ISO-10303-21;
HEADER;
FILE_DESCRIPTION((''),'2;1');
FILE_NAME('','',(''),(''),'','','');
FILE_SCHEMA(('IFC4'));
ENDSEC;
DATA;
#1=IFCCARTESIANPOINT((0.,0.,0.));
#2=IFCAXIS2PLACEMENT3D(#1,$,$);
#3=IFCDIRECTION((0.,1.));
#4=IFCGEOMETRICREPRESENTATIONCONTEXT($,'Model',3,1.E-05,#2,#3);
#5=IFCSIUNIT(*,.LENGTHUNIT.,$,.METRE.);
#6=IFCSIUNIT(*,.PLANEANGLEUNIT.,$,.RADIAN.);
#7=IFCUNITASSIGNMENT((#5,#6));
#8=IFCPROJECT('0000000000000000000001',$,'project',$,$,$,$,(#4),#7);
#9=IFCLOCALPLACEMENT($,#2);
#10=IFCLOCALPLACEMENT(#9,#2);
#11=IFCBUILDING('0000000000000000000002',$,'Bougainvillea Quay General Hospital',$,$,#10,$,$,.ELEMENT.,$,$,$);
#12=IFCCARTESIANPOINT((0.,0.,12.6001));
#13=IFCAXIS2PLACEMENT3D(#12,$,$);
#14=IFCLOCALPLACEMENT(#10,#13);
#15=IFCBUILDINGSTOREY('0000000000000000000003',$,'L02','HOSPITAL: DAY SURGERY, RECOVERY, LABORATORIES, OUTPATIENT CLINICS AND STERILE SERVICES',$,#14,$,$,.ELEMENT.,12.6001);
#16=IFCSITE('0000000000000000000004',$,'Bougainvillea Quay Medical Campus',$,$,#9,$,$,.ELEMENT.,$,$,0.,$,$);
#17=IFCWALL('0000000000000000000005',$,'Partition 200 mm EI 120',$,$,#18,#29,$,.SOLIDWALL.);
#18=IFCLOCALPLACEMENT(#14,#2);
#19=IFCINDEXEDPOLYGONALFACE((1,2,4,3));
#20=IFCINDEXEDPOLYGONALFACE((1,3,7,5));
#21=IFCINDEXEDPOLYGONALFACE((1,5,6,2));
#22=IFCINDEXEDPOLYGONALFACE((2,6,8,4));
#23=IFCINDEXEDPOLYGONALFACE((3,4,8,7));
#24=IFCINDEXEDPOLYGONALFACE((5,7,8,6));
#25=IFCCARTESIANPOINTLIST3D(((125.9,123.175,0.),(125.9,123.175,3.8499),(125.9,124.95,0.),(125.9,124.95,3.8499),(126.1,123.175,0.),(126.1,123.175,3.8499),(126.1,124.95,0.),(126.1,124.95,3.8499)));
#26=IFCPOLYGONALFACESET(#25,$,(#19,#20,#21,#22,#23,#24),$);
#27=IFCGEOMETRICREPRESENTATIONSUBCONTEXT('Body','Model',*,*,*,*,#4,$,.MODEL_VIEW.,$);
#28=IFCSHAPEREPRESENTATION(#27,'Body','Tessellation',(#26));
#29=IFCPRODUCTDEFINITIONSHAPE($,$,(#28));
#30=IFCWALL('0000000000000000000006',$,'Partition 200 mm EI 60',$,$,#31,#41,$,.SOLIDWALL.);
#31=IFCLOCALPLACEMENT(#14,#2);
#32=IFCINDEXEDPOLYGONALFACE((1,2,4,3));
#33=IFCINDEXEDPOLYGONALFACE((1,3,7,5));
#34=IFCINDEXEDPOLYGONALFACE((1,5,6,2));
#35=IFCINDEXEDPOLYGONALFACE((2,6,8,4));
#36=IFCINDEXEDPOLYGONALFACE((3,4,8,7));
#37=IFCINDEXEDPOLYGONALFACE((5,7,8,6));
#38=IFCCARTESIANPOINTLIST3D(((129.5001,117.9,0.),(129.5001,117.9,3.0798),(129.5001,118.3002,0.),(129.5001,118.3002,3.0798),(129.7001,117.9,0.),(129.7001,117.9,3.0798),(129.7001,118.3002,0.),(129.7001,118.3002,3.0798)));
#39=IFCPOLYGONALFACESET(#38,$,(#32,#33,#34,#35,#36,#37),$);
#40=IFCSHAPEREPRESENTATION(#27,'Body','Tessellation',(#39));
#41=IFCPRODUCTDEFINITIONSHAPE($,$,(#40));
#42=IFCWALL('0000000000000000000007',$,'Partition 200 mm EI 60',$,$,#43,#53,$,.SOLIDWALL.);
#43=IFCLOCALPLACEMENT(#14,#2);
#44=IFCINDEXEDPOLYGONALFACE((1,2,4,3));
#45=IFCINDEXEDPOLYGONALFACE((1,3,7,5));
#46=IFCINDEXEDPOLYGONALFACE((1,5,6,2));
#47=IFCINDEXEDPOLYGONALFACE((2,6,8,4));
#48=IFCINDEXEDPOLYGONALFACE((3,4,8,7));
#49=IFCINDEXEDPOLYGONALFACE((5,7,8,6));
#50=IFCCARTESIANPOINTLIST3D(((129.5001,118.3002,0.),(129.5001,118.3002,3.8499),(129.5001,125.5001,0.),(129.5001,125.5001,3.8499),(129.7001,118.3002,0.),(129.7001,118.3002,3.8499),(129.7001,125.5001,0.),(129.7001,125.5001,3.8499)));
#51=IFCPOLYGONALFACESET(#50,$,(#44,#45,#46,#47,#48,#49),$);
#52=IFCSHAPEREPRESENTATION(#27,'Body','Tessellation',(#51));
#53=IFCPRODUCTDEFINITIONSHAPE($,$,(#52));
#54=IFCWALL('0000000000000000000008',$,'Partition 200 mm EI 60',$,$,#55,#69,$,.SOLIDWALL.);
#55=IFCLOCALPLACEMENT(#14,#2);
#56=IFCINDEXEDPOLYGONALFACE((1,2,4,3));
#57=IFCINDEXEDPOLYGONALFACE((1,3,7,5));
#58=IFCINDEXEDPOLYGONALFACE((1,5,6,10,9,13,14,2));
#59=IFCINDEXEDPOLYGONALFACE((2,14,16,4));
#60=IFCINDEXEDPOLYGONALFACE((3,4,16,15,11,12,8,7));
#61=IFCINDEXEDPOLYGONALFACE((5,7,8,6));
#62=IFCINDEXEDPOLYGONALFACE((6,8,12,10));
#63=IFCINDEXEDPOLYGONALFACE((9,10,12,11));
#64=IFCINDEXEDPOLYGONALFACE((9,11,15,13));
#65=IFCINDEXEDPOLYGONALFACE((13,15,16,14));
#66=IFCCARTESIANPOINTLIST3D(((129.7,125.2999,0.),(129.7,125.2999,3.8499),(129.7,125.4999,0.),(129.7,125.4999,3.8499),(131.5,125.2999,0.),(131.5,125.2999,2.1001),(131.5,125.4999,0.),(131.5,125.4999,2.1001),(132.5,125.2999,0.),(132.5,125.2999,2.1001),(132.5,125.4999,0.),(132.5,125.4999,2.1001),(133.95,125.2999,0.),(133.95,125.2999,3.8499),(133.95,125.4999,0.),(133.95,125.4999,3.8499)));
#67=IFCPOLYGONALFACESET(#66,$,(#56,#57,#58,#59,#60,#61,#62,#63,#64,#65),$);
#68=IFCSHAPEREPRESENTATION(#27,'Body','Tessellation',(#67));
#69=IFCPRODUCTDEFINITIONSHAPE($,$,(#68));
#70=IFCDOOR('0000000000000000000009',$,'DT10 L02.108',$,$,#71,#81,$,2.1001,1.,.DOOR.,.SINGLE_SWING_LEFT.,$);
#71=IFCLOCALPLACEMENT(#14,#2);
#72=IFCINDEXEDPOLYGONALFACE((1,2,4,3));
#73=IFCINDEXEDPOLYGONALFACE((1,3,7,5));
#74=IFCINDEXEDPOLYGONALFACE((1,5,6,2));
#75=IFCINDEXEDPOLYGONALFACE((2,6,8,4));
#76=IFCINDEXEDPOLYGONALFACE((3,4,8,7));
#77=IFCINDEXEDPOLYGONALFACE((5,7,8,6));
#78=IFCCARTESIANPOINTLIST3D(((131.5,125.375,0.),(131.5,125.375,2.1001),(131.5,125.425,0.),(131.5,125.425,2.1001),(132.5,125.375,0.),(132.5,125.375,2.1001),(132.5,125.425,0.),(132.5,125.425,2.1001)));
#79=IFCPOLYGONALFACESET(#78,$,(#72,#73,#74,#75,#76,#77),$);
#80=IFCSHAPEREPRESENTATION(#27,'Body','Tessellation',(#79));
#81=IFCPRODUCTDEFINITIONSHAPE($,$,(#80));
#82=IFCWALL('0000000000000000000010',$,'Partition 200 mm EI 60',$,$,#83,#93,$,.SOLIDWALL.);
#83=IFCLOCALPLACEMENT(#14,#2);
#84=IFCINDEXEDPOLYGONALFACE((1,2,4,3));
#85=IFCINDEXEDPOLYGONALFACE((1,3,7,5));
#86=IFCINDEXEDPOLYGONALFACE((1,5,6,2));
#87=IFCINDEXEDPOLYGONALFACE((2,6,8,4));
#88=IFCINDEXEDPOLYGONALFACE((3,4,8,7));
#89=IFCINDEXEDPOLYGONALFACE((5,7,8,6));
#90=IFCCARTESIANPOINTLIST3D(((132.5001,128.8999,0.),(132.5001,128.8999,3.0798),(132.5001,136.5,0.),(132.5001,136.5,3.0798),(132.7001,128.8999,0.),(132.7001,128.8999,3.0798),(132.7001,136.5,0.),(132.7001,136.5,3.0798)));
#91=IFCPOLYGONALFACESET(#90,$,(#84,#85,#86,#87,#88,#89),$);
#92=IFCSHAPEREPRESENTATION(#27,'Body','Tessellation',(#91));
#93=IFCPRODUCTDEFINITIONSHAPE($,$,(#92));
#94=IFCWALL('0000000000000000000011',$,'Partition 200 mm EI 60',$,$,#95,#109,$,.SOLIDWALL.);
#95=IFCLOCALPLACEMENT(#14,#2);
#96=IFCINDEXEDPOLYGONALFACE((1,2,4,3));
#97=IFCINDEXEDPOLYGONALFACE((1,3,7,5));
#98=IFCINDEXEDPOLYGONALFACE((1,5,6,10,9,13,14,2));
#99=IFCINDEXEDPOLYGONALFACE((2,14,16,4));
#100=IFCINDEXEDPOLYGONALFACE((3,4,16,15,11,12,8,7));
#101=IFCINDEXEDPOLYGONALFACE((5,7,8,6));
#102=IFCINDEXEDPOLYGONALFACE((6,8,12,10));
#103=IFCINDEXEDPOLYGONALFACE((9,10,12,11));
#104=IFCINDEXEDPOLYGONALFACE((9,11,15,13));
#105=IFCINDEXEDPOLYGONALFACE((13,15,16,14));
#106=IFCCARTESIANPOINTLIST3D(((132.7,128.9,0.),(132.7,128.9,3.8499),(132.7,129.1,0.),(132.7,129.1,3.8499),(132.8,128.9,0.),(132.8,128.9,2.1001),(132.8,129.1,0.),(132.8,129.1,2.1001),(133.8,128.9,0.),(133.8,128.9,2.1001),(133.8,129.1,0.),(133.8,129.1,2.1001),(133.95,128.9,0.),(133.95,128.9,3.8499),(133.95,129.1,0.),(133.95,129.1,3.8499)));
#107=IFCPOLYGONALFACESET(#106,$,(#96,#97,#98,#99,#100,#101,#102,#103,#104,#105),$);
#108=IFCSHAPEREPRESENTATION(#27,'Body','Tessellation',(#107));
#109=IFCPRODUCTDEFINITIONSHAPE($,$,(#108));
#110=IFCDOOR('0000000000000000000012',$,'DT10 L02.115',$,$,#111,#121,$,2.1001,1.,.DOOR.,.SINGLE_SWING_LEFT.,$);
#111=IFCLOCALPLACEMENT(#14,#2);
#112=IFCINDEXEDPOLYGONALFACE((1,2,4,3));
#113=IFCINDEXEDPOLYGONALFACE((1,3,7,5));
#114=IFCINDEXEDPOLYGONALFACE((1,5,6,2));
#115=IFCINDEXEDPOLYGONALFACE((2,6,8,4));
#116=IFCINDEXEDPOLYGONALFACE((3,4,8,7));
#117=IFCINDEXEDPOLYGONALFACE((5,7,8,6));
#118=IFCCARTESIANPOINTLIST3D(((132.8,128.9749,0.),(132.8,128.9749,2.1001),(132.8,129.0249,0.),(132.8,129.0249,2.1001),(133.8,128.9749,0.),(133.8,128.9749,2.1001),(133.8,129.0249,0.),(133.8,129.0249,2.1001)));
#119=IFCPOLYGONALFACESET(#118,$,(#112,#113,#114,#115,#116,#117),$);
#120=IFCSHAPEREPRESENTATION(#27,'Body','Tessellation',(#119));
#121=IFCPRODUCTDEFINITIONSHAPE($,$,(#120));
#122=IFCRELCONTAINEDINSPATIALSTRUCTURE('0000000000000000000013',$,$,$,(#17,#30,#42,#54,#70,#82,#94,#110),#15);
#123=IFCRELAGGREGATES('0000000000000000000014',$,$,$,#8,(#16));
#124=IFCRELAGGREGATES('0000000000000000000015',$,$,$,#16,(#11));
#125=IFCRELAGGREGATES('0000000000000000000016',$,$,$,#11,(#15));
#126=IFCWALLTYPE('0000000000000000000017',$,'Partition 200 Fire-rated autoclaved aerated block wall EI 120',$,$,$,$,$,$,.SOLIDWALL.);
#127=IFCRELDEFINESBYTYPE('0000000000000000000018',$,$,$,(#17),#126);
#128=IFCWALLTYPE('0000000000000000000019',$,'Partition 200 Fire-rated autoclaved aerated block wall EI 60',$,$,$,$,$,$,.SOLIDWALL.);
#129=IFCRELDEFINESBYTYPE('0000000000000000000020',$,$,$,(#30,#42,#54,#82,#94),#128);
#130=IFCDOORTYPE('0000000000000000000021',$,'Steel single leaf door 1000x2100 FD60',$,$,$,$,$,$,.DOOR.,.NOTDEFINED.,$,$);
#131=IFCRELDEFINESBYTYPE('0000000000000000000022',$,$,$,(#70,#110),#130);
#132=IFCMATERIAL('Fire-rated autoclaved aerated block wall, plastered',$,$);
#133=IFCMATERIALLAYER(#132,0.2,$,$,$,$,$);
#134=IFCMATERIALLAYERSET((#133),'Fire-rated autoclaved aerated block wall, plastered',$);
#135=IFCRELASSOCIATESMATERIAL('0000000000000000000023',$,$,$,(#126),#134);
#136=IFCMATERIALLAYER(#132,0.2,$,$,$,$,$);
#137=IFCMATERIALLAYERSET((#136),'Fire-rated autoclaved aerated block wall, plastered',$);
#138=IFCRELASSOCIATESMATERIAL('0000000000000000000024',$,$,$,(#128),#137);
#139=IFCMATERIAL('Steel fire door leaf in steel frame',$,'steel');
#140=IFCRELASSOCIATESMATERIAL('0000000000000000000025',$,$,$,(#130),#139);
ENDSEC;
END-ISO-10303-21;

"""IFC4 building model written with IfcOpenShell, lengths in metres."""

from ifc_helpers import new_model, si_unit, direction, frame, frame_2d, origin, place, context, subcontext, project, spatial, rectangle, extrude, material, layer, layer_set, type_object, element, fill, save


model = new_model("IFC4")

# Units and contexts
model_context = context("Model", 3, precision=1e-05, world=origin(), true_north=direction((0.0, 1.0)))
body_context = subcontext(model_context, "Body", "Model", "MODEL_VIEW")
ifc_project = project(units=[si_unit("LENGTHUNIT", "METRE"), si_unit("PLANEANGLEUNIT", "RADIAN")], contexts=[model_context])

# Site, building, storey
site_placement = place(None, origin())
site = spatial("IfcSite", under=ifc_project, at=site_placement, Name="Bougainvillea Quay Medical Campus", CompositionType="ELEMENT", RefElevation=0.0)
building_placement = place(site_placement, origin())
building = spatial("IfcBuilding", under=site, at=building_placement, Name="Bougainvillea Quay General Hospital", CompositionType="ELEMENT")
storey_placement = place(building_placement, frame((0.0, 0.0, 12.6001)))
storey = spatial("IfcBuildingStorey", under=building, at=storey_placement, Name="L02", Description="HOSPITAL: DAY SURGERY, RECOVERY, LABORATORIES, OUTPATIENT CLINICS AND STERILE SERVICES", CompositionType="ELEMENT", Elevation=12.6001)

# Walls
ifc_material_1 = material(Name="Fire-rated autoclaved aerated block wall, plastered")
ifc_layer_1 = layer(ifc_material_1, 0.2)
ifc_layer_set_1 = layer_set([ifc_layer_1], Name="Fire-rated autoclaved aerated block wall, plastered")
wall_type_1 = type_object("IfcWallType", Name="Partition 200 Fire-rated autoclaved aerated block wall EI 120", PredefinedType="SOLIDWALL", material=ifc_layer_set_1)
wall_1_placement = place(storey_placement, frame((126.0, 123.175, 0.0), z_axis=(0.0, 0.0, 1.0), x_axis=(0.0, 1.0, 0.0)))
element("IfcWall", 1, at=wall_1_placement, inside=storey, type_object=wall_type_1, Name="Partition 200 mm EI 120", PredefinedType="SOLIDWALL", context=body_context, shape_type="SweptSolid", body=[
    extrude(rectangle(XDim=1.7749, YDim=0.2, at=frame_2d((0.8875, 0.0))), origin(), (0.0, 0.0, 1.0), 3.8499),
])
ifc_layer_2 = layer(ifc_material_1, 0.2)
ifc_layer_set_2 = layer_set([ifc_layer_2], Name="Fire-rated autoclaved aerated block wall, plastered")
wall_type_2 = type_object("IfcWallType", Name="Partition 200 Fire-rated autoclaved aerated block wall EI 60", PredefinedType="SOLIDWALL", material=ifc_layer_set_2)
wall_2_placement = place(storey_placement, frame((129.6001, 117.8999, 0.0), z_axis=(0.0, 0.0, 1.0), x_axis=(0.0, 1.0, 0.0)))
element("IfcWall", 2, at=wall_2_placement, inside=storey, type_object=wall_type_2, Name="Partition 200 mm EI 60", PredefinedType="SOLIDWALL", context=body_context, shape_type="SweptSolid", body=[
    extrude(rectangle(XDim=0.4001, YDim=0.2, at=frame_2d((0.2002, 0.0))), origin(), (0.0, 0.0, 1.0), 3.0798),
])
wall_3_placement = place(storey_placement, frame((129.6001, 118.3, 0.0), z_axis=(0.0, 0.0, 1.0), x_axis=(0.0, 1.0, 0.0)))
element("IfcWall", 3, at=wall_3_placement, inside=storey, type_object=wall_type_2, Name="Partition 200 mm EI 60", PredefinedType="SOLIDWALL", context=body_context, shape_type="SweptSolid", body=[
    extrude(rectangle(XDim=7.2, YDim=0.2, at=frame_2d((3.6001, 0.0))), origin(), (0.0, 0.0, 1.0), 3.8499),
])

# Wall, opening, door
wall_4_placement = place(storey_placement, frame((129.7, 125.3999, 0.0), z_axis=(0.0, 0.0, 1.0), x_axis=(1.0, 0.0, 0.0)))
wall_4 = element("IfcWall", 4, at=wall_4_placement, inside=storey, type_object=wall_type_2, Name="Partition 200 mm EI 60", PredefinedType="SOLIDWALL", context=body_context, shape_type="SweptSolid", body=[
    extrude(rectangle(XDim=4.25, YDim=0.2, at=frame_2d((2.125, 0.0))), origin(), (0.0, 0.0, 1.0), 3.8499),
])
opening_1_placement = place(wall_4_placement, frame((1.8, 0.0, 0.0)))
opening_1 = element("IfcOpeningElement", 5, at=opening_1_placement, cuts=wall_4, PredefinedType="OPENING", context=body_context, shape_type="SweptSolid", body=[
    extrude(rectangle(XDim=1.0, YDim=2.1001, at=frame_2d((0.5, 1.05))), frame((0.0, 0.1099, 0.0), z_axis=(0.0, -1.0, 0.0), x_axis=(1.0, 0.0, 0.0)), (0.0, 0.0, 1.0), 0.22),
])
ifc_material_2 = material(Name="Steel fire door leaf in steel frame", Category="steel")
door_type_1 = type_object("IfcDoorType", Name="Steel single leaf door 1000x2100 FD60", OperationType="NOTDEFINED", PredefinedType="DOOR", material=ifc_material_2)
door_1_placement = place(opening_1_placement, frame((1.0, 0.0, 0.0), z_axis=(0.0, 0.0, 1.0), x_axis=(-1.0, 0.0, 0.0)))
door_1 = element("IfcDoor", 6, at=door_1_placement, inside=storey, type_object=door_type_1, Name="DT10 L02.108", OperationType="SINGLE_SWING_LEFT", OverallHeight=2.1001, OverallWidth=1.0, PredefinedType="DOOR", context=body_context, shape_type="SweptSolid", body=[
    extrude(rectangle(XDim=1.0, YDim=2.1001, at=frame_2d((0.5, 1.05))), frame((0.0, 0.0249, 0.0), z_axis=(0.0, -1.0, 0.0), x_axis=(1.0, 0.0, 0.0)), (0.0, 0.0, 1.0), 0.05),
])
fill(opening_1, door_1)

# Wall
wall_5_placement = place(storey_placement, frame((132.6001, 128.8999, 0.0), z_axis=(0.0, 0.0, 1.0), x_axis=(0.0, 1.0, 0.0)))
element("IfcWall", 7, at=wall_5_placement, inside=storey, type_object=wall_type_2, Name="Partition 200 mm EI 60", PredefinedType="SOLIDWALL", context=body_context, shape_type="SweptSolid", body=[
    extrude(rectangle(XDim=7.6001, YDim=0.2, at=frame_2d((3.8, 0.0))), origin(), (0.0, 0.0, 1.0), 3.0798),
])

# Wall, opening, door
wall_6_placement = place(storey_placement, frame((132.7, 129.0, 0.0), z_axis=(0.0, 0.0, 1.0), x_axis=(1.0, 0.0, 0.0)))
wall_6 = element("IfcWall", 8, at=wall_6_placement, inside=storey, type_object=wall_type_2, Name="Partition 200 mm EI 60", PredefinedType="SOLIDWALL", context=body_context, shape_type="SweptSolid", body=[
    extrude(rectangle(XDim=1.25, YDim=0.2, at=frame_2d((0.625, 0.0))), origin(), (0.0, 0.0, 1.0), 3.8499),
])
opening_2_placement = place(wall_6_placement, frame((0.1001, 0.0, 0.0)))
opening_2 = element("IfcOpeningElement", 9, at=opening_2_placement, cuts=wall_6, PredefinedType="OPENING", context=body_context, shape_type="SweptSolid", body=[
    extrude(rectangle(XDim=1.0, YDim=2.1001, at=frame_2d((0.5, 1.05))), frame((0.0, 0.1099, 0.0), z_axis=(0.0, -1.0, 0.0), x_axis=(1.0, 0.0, 0.0)), (0.0, 0.0, 1.0), 0.22),
])
door_2_placement = place(opening_2_placement, origin())
door_2 = element("IfcDoor", 10, at=door_2_placement, inside=storey, type_object=door_type_1, Name="DT10 L02.115", OperationType="SINGLE_SWING_LEFT", OverallHeight=2.1001, OverallWidth=1.0, PredefinedType="DOOR", context=body_context, shape_type="SweptSolid", body=[
    extrude(rectangle(XDim=1.0, YDim=2.1001, at=frame_2d((0.5, 1.05))), frame((0.0, 0.0249, 0.0), z_axis=(0.0, -1.0, 0.0), x_axis=(1.0, 0.0, 0.0)), (0.0, 0.0, 1.0), 0.05),
])
fill(opening_2, door_2)

save(model, "model.ifc")
